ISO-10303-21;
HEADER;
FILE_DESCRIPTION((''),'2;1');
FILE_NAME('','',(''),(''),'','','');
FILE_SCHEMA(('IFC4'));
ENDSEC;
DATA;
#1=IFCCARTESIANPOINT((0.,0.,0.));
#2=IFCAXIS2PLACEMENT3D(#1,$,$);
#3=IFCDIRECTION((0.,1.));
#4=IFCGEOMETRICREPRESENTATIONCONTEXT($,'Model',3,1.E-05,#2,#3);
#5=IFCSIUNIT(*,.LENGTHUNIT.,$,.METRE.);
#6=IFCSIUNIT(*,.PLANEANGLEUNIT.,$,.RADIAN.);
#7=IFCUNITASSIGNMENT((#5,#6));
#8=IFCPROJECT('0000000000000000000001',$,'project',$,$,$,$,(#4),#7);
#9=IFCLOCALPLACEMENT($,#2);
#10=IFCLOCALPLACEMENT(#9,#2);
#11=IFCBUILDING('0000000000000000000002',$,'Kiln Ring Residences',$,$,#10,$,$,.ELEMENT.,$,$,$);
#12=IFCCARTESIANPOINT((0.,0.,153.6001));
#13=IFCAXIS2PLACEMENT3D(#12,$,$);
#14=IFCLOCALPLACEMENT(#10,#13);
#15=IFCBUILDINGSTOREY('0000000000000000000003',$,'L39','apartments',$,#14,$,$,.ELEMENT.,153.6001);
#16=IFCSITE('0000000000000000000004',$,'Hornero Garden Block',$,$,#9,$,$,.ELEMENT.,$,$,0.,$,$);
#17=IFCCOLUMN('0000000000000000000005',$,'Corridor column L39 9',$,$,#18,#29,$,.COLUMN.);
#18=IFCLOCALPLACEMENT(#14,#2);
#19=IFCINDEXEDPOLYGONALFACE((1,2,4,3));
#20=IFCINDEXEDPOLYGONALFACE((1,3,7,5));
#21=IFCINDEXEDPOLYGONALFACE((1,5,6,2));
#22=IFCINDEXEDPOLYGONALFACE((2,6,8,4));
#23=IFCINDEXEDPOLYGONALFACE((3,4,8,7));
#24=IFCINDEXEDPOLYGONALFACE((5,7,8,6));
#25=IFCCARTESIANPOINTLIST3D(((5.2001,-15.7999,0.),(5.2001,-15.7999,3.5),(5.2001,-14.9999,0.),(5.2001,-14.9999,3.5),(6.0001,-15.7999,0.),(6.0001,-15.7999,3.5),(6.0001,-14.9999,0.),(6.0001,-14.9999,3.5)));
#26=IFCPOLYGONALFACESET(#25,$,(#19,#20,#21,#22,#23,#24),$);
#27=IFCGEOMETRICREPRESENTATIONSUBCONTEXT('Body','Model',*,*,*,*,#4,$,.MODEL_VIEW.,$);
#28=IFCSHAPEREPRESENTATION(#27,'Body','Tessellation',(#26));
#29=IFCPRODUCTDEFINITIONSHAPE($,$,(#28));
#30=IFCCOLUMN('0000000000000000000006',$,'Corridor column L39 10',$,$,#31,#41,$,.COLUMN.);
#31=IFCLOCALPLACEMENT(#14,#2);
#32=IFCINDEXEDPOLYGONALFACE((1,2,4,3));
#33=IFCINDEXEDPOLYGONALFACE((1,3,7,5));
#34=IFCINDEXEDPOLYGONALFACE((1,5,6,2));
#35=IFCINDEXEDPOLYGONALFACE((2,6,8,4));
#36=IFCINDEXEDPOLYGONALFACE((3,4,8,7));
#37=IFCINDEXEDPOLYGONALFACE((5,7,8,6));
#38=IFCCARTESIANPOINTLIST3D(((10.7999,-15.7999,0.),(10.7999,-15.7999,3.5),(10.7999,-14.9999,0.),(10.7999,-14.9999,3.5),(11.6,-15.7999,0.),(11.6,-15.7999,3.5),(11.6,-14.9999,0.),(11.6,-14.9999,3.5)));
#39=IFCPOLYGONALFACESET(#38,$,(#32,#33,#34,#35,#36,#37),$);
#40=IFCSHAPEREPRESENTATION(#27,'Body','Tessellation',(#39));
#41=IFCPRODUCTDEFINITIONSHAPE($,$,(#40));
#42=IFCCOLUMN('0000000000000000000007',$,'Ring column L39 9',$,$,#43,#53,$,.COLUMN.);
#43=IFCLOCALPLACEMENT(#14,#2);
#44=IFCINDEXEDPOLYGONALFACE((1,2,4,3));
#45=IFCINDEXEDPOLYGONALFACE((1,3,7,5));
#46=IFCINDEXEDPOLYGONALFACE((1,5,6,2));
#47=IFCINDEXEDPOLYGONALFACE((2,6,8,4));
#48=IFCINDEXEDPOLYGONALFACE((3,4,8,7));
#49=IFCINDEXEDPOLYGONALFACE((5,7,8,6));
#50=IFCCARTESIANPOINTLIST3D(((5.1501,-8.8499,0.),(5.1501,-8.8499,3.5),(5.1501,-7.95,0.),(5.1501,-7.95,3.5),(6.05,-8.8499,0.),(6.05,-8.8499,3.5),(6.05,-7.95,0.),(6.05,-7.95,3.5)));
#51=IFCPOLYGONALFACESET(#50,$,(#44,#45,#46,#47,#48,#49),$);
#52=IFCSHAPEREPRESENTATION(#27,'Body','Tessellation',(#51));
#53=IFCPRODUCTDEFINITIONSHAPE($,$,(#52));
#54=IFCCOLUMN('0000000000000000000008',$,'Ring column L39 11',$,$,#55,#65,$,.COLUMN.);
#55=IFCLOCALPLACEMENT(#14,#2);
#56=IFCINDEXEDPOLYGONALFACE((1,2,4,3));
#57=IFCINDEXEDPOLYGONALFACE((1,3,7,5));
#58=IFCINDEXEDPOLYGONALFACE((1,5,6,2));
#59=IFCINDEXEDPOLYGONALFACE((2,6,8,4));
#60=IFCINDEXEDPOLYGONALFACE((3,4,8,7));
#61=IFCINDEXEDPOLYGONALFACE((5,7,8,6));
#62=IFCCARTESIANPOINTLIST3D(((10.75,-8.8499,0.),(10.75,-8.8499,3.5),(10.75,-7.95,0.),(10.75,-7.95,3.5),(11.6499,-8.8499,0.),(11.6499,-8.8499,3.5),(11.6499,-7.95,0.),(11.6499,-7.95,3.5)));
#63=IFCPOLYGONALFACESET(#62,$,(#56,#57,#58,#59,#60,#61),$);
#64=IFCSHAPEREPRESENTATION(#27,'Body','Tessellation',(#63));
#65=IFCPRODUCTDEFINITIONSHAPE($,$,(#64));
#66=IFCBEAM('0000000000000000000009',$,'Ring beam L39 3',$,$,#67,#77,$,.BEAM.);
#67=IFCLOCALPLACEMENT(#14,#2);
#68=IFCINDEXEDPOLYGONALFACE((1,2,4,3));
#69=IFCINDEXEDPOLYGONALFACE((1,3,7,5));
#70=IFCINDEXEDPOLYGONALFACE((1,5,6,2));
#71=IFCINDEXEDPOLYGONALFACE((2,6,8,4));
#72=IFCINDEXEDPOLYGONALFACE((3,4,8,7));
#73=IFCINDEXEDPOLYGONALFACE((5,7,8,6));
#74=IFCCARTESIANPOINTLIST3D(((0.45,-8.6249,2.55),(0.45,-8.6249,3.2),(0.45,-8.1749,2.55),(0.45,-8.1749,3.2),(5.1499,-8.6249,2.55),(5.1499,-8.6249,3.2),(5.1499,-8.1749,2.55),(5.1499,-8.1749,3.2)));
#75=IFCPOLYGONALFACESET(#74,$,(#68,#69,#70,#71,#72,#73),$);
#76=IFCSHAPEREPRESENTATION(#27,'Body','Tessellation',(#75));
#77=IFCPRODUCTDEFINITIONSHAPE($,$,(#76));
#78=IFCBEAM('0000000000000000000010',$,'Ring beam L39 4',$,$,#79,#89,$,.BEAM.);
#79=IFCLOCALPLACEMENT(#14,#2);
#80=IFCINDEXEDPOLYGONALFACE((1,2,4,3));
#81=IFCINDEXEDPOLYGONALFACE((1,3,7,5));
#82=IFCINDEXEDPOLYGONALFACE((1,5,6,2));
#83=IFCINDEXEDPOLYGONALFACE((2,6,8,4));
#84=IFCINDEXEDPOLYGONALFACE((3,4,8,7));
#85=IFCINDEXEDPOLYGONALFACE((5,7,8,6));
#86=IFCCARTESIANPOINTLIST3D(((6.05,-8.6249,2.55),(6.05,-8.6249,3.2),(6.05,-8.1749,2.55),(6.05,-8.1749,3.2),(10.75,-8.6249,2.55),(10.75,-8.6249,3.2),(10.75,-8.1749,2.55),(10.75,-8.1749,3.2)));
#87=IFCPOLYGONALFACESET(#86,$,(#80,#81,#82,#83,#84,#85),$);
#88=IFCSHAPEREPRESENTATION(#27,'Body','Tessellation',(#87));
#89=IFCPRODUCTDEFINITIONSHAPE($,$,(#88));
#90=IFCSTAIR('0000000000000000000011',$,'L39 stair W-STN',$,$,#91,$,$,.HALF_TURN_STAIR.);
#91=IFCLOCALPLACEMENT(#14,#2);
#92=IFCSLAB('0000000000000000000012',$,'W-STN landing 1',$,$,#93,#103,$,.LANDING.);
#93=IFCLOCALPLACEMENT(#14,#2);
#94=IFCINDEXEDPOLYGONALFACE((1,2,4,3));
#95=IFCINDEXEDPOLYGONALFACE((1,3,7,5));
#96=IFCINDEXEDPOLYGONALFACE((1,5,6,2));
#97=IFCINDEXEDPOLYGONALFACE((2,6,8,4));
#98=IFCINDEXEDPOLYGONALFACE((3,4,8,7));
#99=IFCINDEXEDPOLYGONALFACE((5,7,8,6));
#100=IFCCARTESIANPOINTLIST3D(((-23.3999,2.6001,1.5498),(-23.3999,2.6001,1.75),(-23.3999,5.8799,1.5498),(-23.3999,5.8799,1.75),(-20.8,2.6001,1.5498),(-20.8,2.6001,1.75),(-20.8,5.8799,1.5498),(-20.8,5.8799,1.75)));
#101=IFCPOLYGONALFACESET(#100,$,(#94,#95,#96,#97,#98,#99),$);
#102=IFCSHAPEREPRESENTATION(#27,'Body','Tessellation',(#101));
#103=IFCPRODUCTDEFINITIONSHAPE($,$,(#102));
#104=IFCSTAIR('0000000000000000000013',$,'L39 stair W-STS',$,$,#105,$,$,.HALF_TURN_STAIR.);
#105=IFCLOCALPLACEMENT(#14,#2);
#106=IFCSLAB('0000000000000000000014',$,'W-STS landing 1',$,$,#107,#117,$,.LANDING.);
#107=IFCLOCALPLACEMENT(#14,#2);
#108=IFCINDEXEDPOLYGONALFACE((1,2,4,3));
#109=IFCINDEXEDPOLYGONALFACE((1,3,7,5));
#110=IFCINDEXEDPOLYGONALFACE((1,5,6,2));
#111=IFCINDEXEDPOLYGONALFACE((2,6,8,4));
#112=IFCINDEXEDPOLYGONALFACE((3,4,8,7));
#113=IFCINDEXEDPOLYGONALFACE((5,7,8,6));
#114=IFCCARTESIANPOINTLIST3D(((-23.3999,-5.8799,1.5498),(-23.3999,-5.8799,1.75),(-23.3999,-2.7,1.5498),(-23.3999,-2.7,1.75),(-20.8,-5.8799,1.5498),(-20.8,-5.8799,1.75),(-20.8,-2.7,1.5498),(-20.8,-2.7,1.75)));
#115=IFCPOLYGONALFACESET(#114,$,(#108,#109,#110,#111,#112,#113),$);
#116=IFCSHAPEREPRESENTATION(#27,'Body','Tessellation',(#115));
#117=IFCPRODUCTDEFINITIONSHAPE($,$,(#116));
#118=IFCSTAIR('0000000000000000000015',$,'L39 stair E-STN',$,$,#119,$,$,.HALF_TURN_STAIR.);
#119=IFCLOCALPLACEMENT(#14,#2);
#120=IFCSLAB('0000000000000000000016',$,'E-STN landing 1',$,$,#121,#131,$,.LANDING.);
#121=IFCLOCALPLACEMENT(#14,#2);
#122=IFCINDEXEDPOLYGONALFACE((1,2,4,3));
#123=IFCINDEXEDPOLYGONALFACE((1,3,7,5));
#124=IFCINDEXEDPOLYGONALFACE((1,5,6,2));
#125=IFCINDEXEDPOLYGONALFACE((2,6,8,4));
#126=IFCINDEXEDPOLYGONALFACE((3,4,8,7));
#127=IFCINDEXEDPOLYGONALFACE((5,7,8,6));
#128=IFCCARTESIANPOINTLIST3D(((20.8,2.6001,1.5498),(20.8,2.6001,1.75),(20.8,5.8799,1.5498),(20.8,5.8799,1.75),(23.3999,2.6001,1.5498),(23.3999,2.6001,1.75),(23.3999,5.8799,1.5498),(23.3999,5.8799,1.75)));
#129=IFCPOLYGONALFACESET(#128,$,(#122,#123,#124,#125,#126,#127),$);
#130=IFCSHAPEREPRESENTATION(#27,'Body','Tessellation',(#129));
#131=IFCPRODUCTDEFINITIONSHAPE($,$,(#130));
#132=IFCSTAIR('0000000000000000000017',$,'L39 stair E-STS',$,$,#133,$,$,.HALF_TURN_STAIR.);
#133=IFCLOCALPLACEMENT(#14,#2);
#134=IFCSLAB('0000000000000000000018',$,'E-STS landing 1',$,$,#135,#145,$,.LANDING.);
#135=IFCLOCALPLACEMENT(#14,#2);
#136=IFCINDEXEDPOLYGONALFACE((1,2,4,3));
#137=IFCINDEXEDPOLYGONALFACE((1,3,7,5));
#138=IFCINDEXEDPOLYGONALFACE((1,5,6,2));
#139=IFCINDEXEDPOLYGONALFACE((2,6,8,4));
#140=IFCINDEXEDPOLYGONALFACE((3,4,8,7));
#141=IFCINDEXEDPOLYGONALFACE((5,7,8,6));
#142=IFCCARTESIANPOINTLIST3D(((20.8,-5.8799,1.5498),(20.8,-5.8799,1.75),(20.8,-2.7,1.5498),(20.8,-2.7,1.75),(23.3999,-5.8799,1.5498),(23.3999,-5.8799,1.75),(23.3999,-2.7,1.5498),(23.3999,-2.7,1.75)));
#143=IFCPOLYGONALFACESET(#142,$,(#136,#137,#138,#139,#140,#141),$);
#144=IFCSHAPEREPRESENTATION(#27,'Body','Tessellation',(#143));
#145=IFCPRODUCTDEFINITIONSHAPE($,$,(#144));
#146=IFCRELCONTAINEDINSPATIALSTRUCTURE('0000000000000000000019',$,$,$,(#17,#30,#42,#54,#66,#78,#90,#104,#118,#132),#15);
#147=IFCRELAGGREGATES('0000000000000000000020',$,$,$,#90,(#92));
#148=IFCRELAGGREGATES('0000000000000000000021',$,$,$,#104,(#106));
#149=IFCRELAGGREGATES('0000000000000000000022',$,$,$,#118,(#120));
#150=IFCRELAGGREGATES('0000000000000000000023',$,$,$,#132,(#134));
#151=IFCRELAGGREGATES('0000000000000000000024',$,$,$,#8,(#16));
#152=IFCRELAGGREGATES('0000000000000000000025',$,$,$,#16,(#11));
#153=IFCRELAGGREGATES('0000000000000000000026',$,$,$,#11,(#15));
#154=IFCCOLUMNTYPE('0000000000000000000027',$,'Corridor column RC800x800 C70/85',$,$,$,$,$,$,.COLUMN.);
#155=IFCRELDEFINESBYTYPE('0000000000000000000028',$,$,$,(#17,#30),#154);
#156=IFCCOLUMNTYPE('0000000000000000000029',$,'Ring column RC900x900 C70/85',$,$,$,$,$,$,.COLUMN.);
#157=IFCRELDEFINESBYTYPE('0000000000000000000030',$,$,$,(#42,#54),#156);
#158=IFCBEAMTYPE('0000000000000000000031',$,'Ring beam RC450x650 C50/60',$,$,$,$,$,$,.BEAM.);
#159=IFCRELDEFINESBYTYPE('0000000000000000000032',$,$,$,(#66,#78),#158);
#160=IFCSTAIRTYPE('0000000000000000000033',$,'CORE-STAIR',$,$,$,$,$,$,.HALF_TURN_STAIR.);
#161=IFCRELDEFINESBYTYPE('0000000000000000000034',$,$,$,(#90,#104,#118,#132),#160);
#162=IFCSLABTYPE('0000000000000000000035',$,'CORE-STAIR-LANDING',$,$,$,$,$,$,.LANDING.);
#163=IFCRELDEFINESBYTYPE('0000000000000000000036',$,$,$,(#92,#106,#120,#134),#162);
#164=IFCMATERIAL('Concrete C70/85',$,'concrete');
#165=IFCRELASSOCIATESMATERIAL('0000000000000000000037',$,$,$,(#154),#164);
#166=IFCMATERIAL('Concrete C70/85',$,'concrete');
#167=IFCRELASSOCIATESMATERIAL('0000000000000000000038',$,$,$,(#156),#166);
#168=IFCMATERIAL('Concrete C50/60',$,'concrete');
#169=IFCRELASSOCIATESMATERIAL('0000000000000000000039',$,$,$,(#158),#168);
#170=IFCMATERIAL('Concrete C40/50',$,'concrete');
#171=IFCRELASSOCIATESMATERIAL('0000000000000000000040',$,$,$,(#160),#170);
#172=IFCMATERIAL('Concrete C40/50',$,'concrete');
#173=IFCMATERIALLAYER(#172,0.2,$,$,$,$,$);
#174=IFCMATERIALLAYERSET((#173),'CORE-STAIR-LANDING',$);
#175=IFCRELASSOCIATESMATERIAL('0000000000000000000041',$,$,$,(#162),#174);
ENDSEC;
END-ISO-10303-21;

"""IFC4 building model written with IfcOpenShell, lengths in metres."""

from ifc_helpers import new_model, si_unit, direction, frame, origin, origin_2d, place, context, subcontext, project, spatial, polyline, rectangle, outline, extrude, material, layer, layer_set, material_profile, profile_set, type_object, element, aggregate, save


model = new_model("IFC4")

# Units and contexts
model_context = context("Model", 3, precision=1e-05, world=origin(), true_north=direction((0.0, 1.0)))
body_context = subcontext(model_context, "Body", "Model", "MODEL_VIEW")
ifc_project = project(units=[si_unit("LENGTHUNIT", "METRE"), si_unit("PLANEANGLEUNIT", "RADIAN")], contexts=[model_context])

# Site, building, storey
site_placement = place(None, origin())
site = spatial("IfcSite", under=ifc_project, at=site_placement, Name="Hornero Garden Block", CompositionType="ELEMENT", RefElevation=0.0)
building_placement = place(site_placement, origin())
building = spatial("IfcBuilding", under=site, at=building_placement, Name="Kiln Ring Residences", CompositionType="ELEMENT")
storey_placement = place(building_placement, frame((0.0, 0.0, 153.6001)))
storey = spatial("IfcBuildingStorey", under=building, at=storey_placement, Name="L39", Description="apartments", CompositionType="ELEMENT", Elevation=153.6001)

# Columns
ifc_material_1 = material(Name="Concrete C70/85", Category="concrete")
ifc_material_profile_1 = material_profile(ifc_material_1, rectangle(XDim=0.8, YDim=0.8, at=origin_2d()), Name="RC800x800")
ifc_profile_set_1 = profile_set([ifc_material_profile_1], Name="Concrete C70/85")
column_type_1 = type_object("IfcColumnType", Name="Corridor column RC800x800 C70/85", PredefinedType="COLUMN", material=ifc_profile_set_1)
for number, where, z_axis, x_axis, name in (
    (1, (5.6001, -15.3999, 0.0), (0.0, 0.0, 1.0), (1.0, 0.0, 0.0), "Corridor column L39 9"),
    (2, (11.2, -15.3999, 0.0), (0.0, 0.0, 1.0), (1.0, 0.0, 0.0), "Corridor column L39 10"),
):
    element("IfcColumn", number, at=place(storey_placement, frame(where, z_axis=z_axis, x_axis=x_axis)), inside=storey, type_object=column_type_1, Name=name, PredefinedType="COLUMN", context=body_context, shape_type="SweptSolid", body=[
        extrude(rectangle(XDim=0.8, YDim=0.8, at=origin_2d()), origin(), (0.0, 0.0, 1.0), 3.5),
    ])
ifc_material_2 = material(Name="Concrete C70/85", Category="concrete")
ifc_material_profile_2 = material_profile(ifc_material_2, rectangle(XDim=0.8999, YDim=0.8999, at=origin_2d()), Name="RC900x900")
ifc_profile_set_2 = profile_set([ifc_material_profile_2], Name="Concrete C70/85")
column_type_2 = type_object("IfcColumnType", Name="Ring column RC900x900 C70/85", PredefinedType="COLUMN", material=ifc_profile_set_2)
for number, where, z_axis, x_axis, name in (
    (3, (5.6001, -8.3999, 0.0), (0.0, 0.0, 1.0), (1.0, 0.0, 0.0), "Ring column L39 9"),
    (4, (11.2, -8.3999, 0.0), (0.0, 0.0, 1.0), (1.0, 0.0, 0.0), "Ring column L39 11"),
):
    element("IfcColumn", number, at=place(storey_placement, frame(where, z_axis=z_axis, x_axis=x_axis)), inside=storey, type_object=column_type_2, Name=name, PredefinedType="COLUMN", context=body_context, shape_type="SweptSolid", body=[
        extrude(rectangle(XDim=0.8999, YDim=0.8999, at=origin_2d()), origin(), (0.0, 0.0, 1.0), 3.5),
    ])

# Beams
ifc_material_3 = material(Name="Concrete C50/60", Category="concrete")
ifc_material_profile_3 = material_profile(ifc_material_3, rectangle(XDim=0.45, YDim=0.6499, at=origin_2d()), Name="RC450x650")
ifc_profile_set_3 = profile_set([ifc_material_profile_3], Name="Concrete C50/60")
beam_type = type_object("IfcBeamType", Name="Ring beam RC450x650 C50/60", PredefinedType="BEAM", material=ifc_profile_set_3)
for number, where, z_axis, x_axis, name in (
    (5, (0.45, -8.3999, 2.875), (1.0, 0.0, 0.0), (0.0, 1.0, 0.0), "Ring beam L39 3"),
    (6, (6.05, -8.3999, 2.875), (1.0, 0.0, 0.0), (0.0, 1.0, 0.0), "Ring beam L39 4"),
):
    element("IfcBeam", number, at=place(storey_placement, frame(where, z_axis=z_axis, x_axis=x_axis)), inside=storey, type_object=beam_type, Name=name, PredefinedType="BEAM", context=body_context, shape_type="SweptSolid", body=[
        extrude(rectangle(XDim=0.45, YDim=0.6499, at=origin_2d()), origin(), (0.0, 0.0, 1.0), 4.7),
    ])

# Stairs, slabs
ifc_material_4 = material(Name="Concrete C40/50", Category="concrete")
stair_type = type_object("IfcStairType", Name="CORE-STAIR", PredefinedType="HALF_TURN_STAIR", material=ifc_material_4)
placement_1 = place(storey_placement, origin())
stair_1 = element("IfcStair", 7, at=placement_1, inside=storey, type_object=stair_type, Name="L39 stair W-STN", PredefinedType="HALF_TURN_STAIR")
ifc_material_5 = material(Name="Concrete C40/50", Category="concrete")
ifc_layer_1 = layer(ifc_material_5, 0.2)
ifc_layer_set_1 = layer_set([ifc_layer_1], Name="CORE-STAIR-LANDING")
slab_type = type_object("IfcSlabType", Name="CORE-STAIR-LANDING", PredefinedType="LANDING", material=ifc_layer_set_1)
placement_2 = place(storey_placement, frame((0.0, 0.0, 1.5498)))
slab_1 = element("IfcSlab", 8, at=placement_2, type_object=slab_type, Name="W-STN landing 1", PredefinedType="LANDING", context=body_context, shape_type="SweptSolid", body=[
    extrude(outline(polyline([(-23.3999, 5.8799), (-23.3999, 2.6001), (-20.8, 2.6001), (-20.8, 5.8799), (-23.3999, 5.8799)])), origin(), (0.0, 0.0, 1.0), 0.2002),
])
aggregate(stair_1, [slab_1])
stair_2 = element("IfcStair", 9, at=placement_1, inside=storey, type_object=stair_type, Name="L39 stair W-STS", PredefinedType="HALF_TURN_STAIR")
slab_2 = element("IfcSlab", 10, at=placement_2, type_object=slab_type, Name="W-STS landing 1", PredefinedType="LANDING", context=body_context, shape_type="SweptSolid", body=[
    extrude(outline(polyline([(-20.8, -5.8799), (-20.8, -2.7), (-23.3999, -2.7), (-23.3999, -5.8799), (-20.8, -5.8799)])), origin(), (0.0, 0.0, 1.0), 0.2002),
])
aggregate(stair_2, [slab_2])
stair_3 = element("IfcStair", 11, at=placement_1, inside=storey, type_object=stair_type, Name="L39 stair E-STN", PredefinedType="HALF_TURN_STAIR")
slab_3 = element("IfcSlab", 12, at=placement_2, type_object=slab_type, Name="E-STN landing 1", PredefinedType="LANDING", context=body_context, shape_type="SweptSolid", body=[
    extrude(outline(polyline([(20.8, 5.8799), (20.8, 2.6001), (23.3999, 2.6001), (23.3999, 5.8799), (20.8, 5.8799)])), origin(), (0.0, 0.0, 1.0), 0.2002),
])
aggregate(stair_3, [slab_3])
stair_4 = element("IfcStair", 13, at=placement_1, inside=storey, type_object=stair_type, Name="L39 stair E-STS", PredefinedType="HALF_TURN_STAIR")
slab_4 = element("IfcSlab", 14, at=placement_2, type_object=slab_type, Name="E-STS landing 1", PredefinedType="LANDING", context=body_context, shape_type="SweptSolid", body=[
    extrude(outline(polyline([(23.3999, -5.8799), (23.3999, -2.7), (20.8, -2.7), (20.8, -5.8799), (23.3999, -5.8799)])), origin(), (0.0, 0.0, 1.0), 0.2002),
])
aggregate(stair_4, [slab_4])

save(model, "model.ifc")
